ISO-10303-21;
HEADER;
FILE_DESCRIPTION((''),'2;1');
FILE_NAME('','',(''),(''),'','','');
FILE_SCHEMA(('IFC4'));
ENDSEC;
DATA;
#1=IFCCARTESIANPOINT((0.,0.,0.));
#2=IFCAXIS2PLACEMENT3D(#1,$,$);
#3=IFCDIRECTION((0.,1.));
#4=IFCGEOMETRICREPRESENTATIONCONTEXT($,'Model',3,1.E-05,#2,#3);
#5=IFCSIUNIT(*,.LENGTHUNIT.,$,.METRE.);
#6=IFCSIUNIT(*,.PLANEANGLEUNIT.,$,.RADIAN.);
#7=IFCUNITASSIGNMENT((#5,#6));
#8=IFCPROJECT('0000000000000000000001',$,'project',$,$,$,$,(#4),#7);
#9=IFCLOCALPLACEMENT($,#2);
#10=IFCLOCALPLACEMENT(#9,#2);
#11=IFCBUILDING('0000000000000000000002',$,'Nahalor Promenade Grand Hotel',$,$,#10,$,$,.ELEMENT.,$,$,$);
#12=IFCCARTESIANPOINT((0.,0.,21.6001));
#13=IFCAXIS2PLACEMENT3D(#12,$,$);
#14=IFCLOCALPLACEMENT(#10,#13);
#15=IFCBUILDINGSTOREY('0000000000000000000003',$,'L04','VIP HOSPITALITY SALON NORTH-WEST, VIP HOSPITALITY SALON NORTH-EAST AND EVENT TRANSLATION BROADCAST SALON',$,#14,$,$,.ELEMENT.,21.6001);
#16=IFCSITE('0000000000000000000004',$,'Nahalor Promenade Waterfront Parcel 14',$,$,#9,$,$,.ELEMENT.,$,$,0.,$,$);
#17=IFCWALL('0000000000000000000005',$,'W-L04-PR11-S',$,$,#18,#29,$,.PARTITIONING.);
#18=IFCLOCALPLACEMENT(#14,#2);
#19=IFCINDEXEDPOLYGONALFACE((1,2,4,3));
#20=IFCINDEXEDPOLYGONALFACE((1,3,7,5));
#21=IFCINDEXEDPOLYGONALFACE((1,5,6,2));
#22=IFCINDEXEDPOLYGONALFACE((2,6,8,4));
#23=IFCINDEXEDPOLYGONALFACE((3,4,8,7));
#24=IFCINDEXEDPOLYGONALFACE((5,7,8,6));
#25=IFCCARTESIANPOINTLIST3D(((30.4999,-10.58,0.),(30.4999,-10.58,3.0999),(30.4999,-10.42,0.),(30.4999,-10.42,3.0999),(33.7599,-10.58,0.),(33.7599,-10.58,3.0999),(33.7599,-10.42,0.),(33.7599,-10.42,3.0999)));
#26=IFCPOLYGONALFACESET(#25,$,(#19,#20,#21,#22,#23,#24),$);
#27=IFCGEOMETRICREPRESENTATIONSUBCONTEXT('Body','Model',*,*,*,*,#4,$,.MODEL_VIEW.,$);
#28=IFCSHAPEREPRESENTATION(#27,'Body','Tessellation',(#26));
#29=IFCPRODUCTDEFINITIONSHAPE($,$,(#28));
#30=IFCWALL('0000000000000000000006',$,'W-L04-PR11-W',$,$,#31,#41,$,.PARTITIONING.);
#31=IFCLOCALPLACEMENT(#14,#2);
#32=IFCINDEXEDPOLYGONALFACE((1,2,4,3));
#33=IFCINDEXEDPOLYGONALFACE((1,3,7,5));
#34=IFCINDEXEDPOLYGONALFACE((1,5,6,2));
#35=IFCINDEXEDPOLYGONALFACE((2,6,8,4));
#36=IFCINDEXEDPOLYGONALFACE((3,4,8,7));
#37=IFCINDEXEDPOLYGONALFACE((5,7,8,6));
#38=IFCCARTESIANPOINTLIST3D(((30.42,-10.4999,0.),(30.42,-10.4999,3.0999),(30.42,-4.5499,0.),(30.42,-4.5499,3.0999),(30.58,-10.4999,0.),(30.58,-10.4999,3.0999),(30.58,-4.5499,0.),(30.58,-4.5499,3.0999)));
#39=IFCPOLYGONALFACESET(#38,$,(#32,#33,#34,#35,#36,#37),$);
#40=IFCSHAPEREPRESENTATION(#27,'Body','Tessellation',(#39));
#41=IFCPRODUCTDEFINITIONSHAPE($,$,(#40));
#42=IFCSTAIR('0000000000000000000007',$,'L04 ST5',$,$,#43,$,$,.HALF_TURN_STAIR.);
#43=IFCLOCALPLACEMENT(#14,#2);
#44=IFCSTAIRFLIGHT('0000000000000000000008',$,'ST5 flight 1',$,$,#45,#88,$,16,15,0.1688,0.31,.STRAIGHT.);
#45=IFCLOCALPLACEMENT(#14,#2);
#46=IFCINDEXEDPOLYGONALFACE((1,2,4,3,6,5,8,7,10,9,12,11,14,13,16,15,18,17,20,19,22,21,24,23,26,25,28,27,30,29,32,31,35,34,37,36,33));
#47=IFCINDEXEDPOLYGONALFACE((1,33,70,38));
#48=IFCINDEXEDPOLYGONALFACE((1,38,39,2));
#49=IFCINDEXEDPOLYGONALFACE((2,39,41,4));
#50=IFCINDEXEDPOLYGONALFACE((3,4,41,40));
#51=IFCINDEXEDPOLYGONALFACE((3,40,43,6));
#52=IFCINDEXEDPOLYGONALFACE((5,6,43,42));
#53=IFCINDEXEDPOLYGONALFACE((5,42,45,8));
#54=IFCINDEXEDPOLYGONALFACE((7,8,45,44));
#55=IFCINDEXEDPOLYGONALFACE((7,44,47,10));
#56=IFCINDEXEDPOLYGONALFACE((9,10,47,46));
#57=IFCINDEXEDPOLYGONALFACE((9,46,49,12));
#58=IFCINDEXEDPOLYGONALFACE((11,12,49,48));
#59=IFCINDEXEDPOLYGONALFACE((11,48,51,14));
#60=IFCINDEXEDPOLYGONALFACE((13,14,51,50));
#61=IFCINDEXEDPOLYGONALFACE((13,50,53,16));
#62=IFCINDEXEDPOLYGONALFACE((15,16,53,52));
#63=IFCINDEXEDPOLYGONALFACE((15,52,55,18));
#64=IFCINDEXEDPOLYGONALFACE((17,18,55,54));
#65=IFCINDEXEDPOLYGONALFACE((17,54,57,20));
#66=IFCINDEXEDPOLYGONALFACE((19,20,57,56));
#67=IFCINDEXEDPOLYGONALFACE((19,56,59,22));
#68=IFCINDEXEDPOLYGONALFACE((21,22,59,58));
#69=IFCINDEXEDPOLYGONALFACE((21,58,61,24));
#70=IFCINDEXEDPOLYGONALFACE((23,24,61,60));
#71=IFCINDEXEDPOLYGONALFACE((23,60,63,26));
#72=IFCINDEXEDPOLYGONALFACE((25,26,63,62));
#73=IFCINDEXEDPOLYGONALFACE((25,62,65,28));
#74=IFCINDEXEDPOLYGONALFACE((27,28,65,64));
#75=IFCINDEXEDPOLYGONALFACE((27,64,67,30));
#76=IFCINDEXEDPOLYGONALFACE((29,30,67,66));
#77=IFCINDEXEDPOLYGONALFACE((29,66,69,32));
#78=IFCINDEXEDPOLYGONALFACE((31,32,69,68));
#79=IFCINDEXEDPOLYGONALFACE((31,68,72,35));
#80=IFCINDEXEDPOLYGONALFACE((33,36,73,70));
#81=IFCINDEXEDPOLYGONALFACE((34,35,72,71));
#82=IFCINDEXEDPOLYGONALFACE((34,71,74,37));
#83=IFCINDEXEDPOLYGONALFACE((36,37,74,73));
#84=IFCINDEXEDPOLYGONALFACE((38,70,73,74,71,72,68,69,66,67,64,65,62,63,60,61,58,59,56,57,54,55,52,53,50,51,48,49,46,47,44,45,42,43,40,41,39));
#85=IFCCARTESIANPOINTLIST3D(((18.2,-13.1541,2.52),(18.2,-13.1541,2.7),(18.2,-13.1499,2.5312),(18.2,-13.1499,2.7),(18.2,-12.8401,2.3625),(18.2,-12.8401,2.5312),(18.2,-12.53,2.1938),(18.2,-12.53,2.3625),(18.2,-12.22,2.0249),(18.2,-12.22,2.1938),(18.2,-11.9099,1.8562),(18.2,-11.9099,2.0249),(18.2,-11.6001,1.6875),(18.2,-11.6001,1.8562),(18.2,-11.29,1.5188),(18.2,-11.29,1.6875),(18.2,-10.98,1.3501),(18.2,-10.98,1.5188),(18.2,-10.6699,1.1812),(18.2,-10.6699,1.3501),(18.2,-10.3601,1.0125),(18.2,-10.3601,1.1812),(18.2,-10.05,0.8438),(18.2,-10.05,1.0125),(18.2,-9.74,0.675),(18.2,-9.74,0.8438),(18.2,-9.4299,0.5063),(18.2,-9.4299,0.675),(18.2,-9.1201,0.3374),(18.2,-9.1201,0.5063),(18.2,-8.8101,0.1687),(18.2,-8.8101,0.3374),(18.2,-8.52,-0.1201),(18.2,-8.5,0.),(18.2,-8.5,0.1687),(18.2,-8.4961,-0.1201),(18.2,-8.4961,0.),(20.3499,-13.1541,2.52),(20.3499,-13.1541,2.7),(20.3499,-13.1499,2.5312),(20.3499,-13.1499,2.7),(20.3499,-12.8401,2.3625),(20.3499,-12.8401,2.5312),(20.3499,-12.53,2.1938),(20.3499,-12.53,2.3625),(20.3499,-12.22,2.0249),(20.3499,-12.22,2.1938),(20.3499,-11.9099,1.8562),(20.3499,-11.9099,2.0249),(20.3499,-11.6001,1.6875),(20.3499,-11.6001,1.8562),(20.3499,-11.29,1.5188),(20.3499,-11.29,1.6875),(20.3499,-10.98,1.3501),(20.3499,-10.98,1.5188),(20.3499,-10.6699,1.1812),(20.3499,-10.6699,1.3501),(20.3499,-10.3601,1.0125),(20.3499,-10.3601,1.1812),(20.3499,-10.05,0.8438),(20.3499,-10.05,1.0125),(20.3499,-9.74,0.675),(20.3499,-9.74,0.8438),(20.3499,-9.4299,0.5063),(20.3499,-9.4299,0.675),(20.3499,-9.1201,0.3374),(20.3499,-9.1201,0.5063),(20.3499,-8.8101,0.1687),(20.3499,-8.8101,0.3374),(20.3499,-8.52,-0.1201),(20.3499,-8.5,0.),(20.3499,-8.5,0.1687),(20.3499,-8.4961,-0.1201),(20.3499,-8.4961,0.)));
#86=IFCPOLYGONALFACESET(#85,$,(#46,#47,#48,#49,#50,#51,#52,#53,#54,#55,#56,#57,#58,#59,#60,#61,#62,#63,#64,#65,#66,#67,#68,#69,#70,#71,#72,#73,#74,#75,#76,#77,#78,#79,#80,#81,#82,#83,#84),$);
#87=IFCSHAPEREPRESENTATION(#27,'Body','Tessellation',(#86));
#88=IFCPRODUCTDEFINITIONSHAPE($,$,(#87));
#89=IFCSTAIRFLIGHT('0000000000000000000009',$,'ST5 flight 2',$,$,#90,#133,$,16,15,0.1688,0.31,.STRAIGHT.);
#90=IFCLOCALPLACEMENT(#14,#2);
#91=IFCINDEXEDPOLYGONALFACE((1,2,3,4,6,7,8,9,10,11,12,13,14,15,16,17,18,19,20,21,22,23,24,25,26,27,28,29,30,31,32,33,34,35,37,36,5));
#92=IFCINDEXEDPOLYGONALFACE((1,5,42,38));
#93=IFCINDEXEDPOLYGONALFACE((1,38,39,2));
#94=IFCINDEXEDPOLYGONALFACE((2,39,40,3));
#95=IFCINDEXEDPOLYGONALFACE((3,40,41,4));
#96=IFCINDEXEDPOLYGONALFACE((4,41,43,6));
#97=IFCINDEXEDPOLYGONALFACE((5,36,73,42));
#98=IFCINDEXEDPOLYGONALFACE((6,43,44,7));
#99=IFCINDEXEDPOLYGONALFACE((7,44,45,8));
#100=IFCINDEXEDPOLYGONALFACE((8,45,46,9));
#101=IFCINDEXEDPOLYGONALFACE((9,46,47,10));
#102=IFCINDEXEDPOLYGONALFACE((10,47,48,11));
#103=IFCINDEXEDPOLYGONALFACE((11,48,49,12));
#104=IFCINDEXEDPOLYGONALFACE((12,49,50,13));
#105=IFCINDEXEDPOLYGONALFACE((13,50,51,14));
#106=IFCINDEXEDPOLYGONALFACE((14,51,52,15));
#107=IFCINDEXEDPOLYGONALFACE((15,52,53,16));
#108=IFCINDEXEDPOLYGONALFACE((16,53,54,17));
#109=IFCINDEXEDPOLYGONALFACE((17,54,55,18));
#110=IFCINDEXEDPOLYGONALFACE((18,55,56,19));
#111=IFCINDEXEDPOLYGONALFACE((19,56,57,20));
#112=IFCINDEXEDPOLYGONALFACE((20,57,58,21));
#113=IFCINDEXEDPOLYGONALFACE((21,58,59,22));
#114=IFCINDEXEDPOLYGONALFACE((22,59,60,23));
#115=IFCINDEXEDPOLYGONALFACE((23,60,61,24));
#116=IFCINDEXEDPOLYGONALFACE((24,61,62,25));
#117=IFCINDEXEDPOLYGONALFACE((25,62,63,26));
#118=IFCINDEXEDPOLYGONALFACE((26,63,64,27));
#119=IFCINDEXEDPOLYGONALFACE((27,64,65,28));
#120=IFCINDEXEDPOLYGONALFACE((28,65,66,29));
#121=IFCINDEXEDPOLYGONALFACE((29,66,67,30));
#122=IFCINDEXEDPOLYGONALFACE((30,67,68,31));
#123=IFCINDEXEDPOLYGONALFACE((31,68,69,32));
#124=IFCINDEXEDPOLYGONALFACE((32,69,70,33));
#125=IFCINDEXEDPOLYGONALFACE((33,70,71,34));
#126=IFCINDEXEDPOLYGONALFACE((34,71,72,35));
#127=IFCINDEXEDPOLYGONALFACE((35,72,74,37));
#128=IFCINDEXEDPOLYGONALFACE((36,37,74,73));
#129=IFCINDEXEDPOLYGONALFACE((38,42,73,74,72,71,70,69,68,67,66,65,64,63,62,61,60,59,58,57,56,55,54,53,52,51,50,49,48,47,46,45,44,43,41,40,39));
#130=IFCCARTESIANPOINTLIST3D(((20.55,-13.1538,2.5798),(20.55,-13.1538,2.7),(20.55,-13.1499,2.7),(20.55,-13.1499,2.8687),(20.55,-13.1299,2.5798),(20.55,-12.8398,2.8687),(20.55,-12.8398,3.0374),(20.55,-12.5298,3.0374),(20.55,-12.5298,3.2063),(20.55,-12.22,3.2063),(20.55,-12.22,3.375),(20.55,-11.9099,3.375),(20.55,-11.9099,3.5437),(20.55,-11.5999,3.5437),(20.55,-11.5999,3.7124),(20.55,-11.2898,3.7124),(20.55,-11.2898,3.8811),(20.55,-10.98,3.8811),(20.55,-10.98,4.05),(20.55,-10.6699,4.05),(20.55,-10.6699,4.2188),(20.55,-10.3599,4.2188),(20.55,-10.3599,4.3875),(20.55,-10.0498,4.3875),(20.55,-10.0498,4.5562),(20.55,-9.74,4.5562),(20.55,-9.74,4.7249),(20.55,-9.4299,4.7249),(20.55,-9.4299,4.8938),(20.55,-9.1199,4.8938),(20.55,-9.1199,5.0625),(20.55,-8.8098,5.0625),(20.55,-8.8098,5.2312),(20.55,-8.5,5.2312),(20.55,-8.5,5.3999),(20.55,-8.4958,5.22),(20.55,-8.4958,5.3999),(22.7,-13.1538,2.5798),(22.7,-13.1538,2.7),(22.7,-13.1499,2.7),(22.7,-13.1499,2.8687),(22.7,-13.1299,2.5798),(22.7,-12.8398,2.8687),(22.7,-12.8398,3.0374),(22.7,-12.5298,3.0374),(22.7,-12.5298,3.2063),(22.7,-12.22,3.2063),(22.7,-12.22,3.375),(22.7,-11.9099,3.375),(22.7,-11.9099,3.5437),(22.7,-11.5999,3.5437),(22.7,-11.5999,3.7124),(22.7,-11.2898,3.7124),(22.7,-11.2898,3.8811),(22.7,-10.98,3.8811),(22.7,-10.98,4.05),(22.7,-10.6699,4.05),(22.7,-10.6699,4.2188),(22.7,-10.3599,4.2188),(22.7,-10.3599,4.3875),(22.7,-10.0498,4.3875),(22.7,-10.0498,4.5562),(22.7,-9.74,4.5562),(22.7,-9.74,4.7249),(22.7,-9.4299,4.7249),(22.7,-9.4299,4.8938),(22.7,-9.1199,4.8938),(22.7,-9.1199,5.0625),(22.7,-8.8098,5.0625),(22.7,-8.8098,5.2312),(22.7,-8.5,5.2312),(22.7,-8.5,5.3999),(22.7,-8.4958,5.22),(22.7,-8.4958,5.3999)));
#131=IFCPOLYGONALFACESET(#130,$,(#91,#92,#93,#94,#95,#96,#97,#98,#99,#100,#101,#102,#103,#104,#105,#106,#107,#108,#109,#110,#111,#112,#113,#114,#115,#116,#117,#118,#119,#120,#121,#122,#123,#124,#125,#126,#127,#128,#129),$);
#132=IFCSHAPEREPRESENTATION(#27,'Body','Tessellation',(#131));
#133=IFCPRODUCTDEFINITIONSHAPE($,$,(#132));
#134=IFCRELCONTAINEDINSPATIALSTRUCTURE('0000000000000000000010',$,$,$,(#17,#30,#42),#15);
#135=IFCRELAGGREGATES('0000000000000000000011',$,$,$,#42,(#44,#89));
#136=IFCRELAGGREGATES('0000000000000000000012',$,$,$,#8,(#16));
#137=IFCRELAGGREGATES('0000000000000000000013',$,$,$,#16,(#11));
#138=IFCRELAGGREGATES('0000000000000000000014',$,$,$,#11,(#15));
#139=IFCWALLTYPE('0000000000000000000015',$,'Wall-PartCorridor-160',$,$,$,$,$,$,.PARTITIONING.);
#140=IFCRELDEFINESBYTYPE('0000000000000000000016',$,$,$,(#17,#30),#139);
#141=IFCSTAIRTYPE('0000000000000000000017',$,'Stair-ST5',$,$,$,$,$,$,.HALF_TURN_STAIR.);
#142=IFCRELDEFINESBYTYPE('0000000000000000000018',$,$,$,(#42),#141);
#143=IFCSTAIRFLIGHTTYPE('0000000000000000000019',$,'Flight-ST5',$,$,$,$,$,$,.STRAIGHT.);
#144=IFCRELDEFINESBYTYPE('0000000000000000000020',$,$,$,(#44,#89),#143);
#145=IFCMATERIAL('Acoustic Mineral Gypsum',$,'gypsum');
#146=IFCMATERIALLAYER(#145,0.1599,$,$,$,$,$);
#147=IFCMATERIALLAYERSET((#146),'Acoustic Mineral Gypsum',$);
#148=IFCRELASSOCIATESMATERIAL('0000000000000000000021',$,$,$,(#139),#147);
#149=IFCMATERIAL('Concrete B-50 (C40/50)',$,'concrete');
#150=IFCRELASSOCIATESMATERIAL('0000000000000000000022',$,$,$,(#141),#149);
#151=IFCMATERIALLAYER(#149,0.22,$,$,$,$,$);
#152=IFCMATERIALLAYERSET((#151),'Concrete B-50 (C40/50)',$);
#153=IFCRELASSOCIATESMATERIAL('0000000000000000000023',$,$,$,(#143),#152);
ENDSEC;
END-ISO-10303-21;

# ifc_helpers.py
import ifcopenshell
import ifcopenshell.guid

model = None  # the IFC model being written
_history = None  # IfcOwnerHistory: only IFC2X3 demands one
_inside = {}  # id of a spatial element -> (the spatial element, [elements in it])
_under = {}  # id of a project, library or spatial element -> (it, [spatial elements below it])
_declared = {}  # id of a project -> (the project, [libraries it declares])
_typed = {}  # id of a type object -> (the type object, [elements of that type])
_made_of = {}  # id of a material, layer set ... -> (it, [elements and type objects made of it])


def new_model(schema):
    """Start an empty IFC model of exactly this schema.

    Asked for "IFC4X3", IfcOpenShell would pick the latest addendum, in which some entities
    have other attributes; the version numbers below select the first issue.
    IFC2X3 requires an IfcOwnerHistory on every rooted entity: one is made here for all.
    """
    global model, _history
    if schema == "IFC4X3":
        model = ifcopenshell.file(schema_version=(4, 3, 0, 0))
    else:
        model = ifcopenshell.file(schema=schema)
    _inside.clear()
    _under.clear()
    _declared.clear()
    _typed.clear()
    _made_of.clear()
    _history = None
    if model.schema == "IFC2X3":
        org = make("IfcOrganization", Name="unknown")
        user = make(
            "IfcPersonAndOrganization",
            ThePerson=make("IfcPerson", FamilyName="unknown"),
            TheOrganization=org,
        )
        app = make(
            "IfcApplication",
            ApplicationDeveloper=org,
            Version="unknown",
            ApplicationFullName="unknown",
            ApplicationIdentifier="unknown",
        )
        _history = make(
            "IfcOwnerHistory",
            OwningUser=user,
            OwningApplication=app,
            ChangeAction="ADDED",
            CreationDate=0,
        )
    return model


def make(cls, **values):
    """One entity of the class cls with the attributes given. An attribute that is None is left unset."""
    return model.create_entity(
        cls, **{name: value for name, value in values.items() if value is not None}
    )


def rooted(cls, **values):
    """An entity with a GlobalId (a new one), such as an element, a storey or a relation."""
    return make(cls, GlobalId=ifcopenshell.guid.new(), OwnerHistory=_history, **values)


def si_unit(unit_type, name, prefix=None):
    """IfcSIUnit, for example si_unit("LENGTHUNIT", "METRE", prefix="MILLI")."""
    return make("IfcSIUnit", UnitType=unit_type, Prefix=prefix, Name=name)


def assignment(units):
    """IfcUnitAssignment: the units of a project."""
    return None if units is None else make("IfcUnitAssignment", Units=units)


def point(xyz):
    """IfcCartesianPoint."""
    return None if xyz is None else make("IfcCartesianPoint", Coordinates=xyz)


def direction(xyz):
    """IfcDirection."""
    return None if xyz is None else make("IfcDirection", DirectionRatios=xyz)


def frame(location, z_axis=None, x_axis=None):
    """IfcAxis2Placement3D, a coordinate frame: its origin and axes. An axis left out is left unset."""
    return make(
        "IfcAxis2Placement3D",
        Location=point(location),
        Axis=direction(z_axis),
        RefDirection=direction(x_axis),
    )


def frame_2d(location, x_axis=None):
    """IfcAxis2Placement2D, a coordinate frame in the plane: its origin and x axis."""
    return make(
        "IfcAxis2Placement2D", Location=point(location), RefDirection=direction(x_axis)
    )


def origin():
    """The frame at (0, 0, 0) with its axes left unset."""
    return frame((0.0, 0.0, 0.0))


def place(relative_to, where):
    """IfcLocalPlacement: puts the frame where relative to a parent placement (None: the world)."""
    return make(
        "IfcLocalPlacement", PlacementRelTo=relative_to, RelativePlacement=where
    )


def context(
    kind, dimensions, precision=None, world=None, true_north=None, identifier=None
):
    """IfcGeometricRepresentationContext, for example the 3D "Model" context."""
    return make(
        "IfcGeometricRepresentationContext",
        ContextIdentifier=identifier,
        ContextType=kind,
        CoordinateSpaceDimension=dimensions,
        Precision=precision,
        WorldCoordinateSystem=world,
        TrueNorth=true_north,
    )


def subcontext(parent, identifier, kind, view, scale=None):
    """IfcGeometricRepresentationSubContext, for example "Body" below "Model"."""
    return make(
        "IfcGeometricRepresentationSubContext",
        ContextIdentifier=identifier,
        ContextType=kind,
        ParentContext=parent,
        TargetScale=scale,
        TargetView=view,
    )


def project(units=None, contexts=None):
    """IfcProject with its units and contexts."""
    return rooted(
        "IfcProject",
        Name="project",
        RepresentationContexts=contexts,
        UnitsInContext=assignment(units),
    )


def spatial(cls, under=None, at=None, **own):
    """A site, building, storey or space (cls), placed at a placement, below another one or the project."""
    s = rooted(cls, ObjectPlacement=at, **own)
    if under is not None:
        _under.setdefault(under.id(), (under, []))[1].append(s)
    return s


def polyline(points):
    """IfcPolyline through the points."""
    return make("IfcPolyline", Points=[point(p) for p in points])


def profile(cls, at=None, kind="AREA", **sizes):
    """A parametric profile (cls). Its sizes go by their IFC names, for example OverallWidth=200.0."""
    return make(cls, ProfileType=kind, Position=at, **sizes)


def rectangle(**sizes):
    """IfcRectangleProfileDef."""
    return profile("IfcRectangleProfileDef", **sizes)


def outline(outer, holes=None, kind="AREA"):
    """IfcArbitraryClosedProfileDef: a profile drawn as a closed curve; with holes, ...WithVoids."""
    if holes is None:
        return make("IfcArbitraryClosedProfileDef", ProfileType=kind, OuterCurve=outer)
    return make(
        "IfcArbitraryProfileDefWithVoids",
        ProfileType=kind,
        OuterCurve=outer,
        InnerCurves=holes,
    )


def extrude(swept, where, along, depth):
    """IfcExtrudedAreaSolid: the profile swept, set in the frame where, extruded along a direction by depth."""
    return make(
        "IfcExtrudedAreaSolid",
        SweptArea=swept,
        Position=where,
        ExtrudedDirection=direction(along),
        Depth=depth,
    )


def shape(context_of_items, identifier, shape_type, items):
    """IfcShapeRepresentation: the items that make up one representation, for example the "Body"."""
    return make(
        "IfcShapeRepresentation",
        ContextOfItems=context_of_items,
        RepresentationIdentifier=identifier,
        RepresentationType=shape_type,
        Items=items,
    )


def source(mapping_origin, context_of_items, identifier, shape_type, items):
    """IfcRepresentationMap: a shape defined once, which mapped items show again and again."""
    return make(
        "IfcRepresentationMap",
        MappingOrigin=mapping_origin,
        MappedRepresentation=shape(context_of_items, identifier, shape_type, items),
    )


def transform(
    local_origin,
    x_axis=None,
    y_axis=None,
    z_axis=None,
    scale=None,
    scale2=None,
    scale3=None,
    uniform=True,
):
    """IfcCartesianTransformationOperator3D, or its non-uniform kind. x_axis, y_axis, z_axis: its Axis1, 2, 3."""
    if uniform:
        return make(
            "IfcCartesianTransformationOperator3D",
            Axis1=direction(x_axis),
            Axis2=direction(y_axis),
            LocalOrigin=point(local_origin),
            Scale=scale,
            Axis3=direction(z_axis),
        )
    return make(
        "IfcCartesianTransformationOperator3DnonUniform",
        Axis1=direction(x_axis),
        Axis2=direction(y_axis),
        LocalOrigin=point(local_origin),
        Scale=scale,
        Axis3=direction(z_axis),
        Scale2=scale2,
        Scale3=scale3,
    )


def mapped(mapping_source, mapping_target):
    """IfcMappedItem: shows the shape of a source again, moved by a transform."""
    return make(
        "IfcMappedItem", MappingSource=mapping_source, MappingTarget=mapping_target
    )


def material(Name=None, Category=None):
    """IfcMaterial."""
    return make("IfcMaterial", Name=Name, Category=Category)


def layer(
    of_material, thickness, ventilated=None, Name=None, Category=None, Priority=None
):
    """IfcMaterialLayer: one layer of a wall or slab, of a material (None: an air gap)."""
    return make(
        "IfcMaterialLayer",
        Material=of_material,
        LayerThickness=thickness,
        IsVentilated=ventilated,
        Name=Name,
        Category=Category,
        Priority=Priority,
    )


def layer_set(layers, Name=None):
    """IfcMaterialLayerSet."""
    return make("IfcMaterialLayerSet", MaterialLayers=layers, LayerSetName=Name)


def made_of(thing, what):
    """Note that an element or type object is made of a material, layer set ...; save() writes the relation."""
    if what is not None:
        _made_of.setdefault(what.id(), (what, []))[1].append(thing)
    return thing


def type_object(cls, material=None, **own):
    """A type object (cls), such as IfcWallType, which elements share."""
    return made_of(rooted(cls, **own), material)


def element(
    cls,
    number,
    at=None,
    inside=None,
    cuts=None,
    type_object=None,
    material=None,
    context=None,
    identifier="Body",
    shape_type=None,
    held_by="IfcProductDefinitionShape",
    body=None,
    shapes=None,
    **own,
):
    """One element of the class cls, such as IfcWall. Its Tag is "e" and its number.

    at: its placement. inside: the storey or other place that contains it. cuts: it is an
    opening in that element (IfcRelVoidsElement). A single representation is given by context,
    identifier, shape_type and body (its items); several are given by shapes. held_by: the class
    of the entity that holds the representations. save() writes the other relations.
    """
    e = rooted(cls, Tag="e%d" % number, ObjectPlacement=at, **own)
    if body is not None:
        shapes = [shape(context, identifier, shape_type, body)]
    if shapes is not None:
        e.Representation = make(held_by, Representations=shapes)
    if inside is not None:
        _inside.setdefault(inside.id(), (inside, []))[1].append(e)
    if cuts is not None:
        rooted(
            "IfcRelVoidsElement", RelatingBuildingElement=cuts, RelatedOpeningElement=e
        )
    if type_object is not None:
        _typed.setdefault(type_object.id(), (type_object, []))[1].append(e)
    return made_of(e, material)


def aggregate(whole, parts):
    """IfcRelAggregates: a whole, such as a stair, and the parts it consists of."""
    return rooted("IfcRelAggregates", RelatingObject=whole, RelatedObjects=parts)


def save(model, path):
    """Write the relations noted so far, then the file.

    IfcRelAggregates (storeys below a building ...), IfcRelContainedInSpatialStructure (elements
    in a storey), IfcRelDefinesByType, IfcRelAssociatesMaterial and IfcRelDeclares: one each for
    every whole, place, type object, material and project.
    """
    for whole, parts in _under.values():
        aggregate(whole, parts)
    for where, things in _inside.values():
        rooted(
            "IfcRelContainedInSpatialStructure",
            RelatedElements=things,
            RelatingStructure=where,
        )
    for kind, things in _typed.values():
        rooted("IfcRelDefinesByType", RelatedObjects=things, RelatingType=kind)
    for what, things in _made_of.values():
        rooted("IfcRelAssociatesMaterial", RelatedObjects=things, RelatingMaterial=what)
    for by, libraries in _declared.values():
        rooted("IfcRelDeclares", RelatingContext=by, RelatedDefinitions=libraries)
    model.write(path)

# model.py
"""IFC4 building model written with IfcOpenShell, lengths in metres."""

from ifc_helpers import new_model, si_unit, direction, frame, frame_2d, origin, place, context, subcontext, project, spatial, polyline, rectangle, outline, extrude, source, transform, mapped, material, layer, layer_set, type_object, element, aggregate, save


model = new_model("IFC4")

# Units and contexts
model_context = context("Model", 3, precision=1e-05, world=origin(), true_north=direction((0.0, 1.0)))
body_context = subcontext(model_context, "Body", "Model", "MODEL_VIEW")
ifc_project = project(units=[si_unit("LENGTHUNIT", "METRE"), si_unit("PLANEANGLEUNIT", "RADIAN")], contexts=[model_context])

# Site, building, storey
site_placement = place(None, origin())
site = spatial("IfcSite", under=ifc_project, at=site_placement, Name="Nahalor Promenade Waterfront Parcel 14", CompositionType="ELEMENT", RefElevation=0.0)
building_placement = place(site_placement, origin())
building = spatial("IfcBuilding", under=site, at=building_placement, Name="Nahalor Promenade Grand Hotel", CompositionType="ELEMENT")
storey_placement = place(building_placement, frame((0.0, 0.0, 21.6001)))
storey = spatial("IfcBuildingStorey", under=building, at=storey_placement, Name="L04", Description="VIP HOSPITALITY SALON NORTH-WEST, VIP HOSPITALITY SALON NORTH-EAST AND EVENT TRANSLATION BROADCAST SALON", CompositionType="ELEMENT", Elevation=21.6001)

# Shared definitions
ifc_material_1 = material(Name="Concrete B-50 (C40/50)", Category="concrete")

# Walls
ifc_material_2 = material(Name="Acoustic Mineral Gypsum", Category="gypsum")
ifc_layer_1 = layer(ifc_material_2, 0.1599)
ifc_layer_set_1 = layer_set([ifc_layer_1], Name="Acoustic Mineral Gypsum")
wall_type_1 = type_object("IfcWallType", Name="Wall-PartCorridor-160", PredefinedType="PARTITIONING", material=ifc_layer_set_1)
shared_shape_1 = source(origin(), body_context, "Body", "SweptSolid", [
    extrude(rectangle(XDim=3.26, YDim=0.1599, at=frame_2d((1.6299, 0.0))), origin(), (0.0, 0.0, 1.0), 3.0999),
])
wall_1_placement = place(storey_placement, frame((30.5, -10.5, 0.0), z_axis=(0.0, 0.0, 1.0), x_axis=(1.0, 0.0, 0.0)))
element("IfcWall", 1, at=wall_1_placement, inside=storey, type_object=wall_type_1, Name="W-L04-PR11-S", PredefinedType="PARTITIONING", context=body_context, shape_type="MappedRepresentation", body=[
    mapped(shared_shape_1, transform((0.0, 0.0, 0.0), scale=1.0)),
])
shared_shape_2 = source(origin(), body_context, "Body", "SweptSolid", [
    extrude(rectangle(XDim=5.95, YDim=0.1599, at=frame_2d((2.9751, 0.0))), origin(), (0.0, 0.0, 1.0), 3.0999),
])
wall_2_placement = place(storey_placement, frame((30.5, -10.5, 0.0), z_axis=(0.0, 0.0, 1.0), x_axis=(0.0, 1.0, 0.0)))
element("IfcWall", 2, at=wall_2_placement, inside=storey, type_object=wall_type_1, Name="W-L04-PR11-W", PredefinedType="PARTITIONING", context=body_context, shape_type="MappedRepresentation", body=[
    mapped(shared_shape_2, transform((0.0, 0.0, 0.0), scale=1.0)),
])

# Stair, stair flights
stair_type = type_object("IfcStairType", Name="Stair-ST5", PredefinedType="HALF_TURN_STAIR", material=ifc_material_1)
stair_placement = place(storey_placement, origin())
stair = element("IfcStair", 3, at=stair_placement, inside=storey, type_object=stair_type, Name="L04 ST5", PredefinedType="HALF_TURN_STAIR")
ifc_layer_2 = layer(ifc_material_1, 0.22)
ifc_layer_set_2 = layer_set([ifc_layer_2], Name="Concrete B-50 (C40/50)")
stair_flight_type = type_object("IfcStairFlightType", Name="Flight-ST5", PredefinedType="STRAIGHT", material=ifc_layer_set_2)
shared_shape_3 = source(origin(), body_context, "Body", "SweptSolid", [
    extrude(outline(polyline([(-0.0039, -0.1201), (-0.0039, 0.0), (0.0, 0.0), (0.0, 0.1687), (0.3101, 0.1687), (0.3101, 0.3374), (0.6201, 0.3374), (0.6201, 0.5063), (0.9299, 0.5063), (0.9299, 0.675), (1.24, 0.675), (1.24, 0.8438), (1.55, 0.8438), (1.55, 1.0125), (1.8601, 1.0125), (1.8601, 1.1812), (2.1699, 1.1812), (2.1699, 1.3501), (2.48, 1.3501), (2.48, 1.5188), (2.79, 1.5188), (2.79, 1.6875), (3.1001, 1.6875), (3.1001, 1.8562), (3.4099, 1.8562), (3.4099, 2.0249), (3.72, 2.0249), (3.72, 2.1938), (4.03, 2.1938), (4.03, 2.3625), (4.3401, 2.3625), (4.3401, 2.5312), (4.6499, 2.5312), (4.6499, 2.7), (4.6541, 2.7), (4.6541, 2.52), (0.02, -0.1201), (-0.0039, -0.1201)])), frame((0.0, 1.075, 0.0), z_axis=(0.0, -1.0, 0.0), x_axis=(1.0, 0.0, 0.0)), (0.0, 0.0, 1.0), 2.1499),
])
stair_flight_1_placement = place(storey_placement, frame((19.2749, -8.5, 0.0), z_axis=(0.0, 0.0, 1.0), x_axis=(0.0, -1.0, 0.0)))
stair_flight_1 = element("IfcStairFlight", 4, at=stair_flight_1_placement, type_object=stair_flight_type, Name="ST5 flight 1", NumberOfRisers=16, NumberOfTreads=15, PredefinedType="STRAIGHT", RiserHeight=0.1688, TreadLength=0.31, context=body_context, shape_type="MappedRepresentation", body=[
    mapped(shared_shape_3, transform((0.0, 0.0, 0.0), scale=1.0)),
])
stair_flight_2_placement = place(storey_placement, frame((21.625, -13.1499, 2.7), z_axis=(0.0, 0.0, 1.0), x_axis=(0.0, 1.0, 0.0)))
stair_flight_2 = element("IfcStairFlight", 5, at=stair_flight_2_placement, type_object=stair_flight_type, Name="ST5 flight 2", NumberOfRisers=16, NumberOfTreads=15, PredefinedType="STRAIGHT", RiserHeight=0.1688, TreadLength=0.31, context=body_context, shape_type="MappedRepresentation", body=[
    mapped(shared_shape_3, transform((0.0, 0.0, 0.0), scale=1.0)),
])
aggregate(stair, [stair_flight_1, stair_flight_2])

save(model, "model.ifc")
